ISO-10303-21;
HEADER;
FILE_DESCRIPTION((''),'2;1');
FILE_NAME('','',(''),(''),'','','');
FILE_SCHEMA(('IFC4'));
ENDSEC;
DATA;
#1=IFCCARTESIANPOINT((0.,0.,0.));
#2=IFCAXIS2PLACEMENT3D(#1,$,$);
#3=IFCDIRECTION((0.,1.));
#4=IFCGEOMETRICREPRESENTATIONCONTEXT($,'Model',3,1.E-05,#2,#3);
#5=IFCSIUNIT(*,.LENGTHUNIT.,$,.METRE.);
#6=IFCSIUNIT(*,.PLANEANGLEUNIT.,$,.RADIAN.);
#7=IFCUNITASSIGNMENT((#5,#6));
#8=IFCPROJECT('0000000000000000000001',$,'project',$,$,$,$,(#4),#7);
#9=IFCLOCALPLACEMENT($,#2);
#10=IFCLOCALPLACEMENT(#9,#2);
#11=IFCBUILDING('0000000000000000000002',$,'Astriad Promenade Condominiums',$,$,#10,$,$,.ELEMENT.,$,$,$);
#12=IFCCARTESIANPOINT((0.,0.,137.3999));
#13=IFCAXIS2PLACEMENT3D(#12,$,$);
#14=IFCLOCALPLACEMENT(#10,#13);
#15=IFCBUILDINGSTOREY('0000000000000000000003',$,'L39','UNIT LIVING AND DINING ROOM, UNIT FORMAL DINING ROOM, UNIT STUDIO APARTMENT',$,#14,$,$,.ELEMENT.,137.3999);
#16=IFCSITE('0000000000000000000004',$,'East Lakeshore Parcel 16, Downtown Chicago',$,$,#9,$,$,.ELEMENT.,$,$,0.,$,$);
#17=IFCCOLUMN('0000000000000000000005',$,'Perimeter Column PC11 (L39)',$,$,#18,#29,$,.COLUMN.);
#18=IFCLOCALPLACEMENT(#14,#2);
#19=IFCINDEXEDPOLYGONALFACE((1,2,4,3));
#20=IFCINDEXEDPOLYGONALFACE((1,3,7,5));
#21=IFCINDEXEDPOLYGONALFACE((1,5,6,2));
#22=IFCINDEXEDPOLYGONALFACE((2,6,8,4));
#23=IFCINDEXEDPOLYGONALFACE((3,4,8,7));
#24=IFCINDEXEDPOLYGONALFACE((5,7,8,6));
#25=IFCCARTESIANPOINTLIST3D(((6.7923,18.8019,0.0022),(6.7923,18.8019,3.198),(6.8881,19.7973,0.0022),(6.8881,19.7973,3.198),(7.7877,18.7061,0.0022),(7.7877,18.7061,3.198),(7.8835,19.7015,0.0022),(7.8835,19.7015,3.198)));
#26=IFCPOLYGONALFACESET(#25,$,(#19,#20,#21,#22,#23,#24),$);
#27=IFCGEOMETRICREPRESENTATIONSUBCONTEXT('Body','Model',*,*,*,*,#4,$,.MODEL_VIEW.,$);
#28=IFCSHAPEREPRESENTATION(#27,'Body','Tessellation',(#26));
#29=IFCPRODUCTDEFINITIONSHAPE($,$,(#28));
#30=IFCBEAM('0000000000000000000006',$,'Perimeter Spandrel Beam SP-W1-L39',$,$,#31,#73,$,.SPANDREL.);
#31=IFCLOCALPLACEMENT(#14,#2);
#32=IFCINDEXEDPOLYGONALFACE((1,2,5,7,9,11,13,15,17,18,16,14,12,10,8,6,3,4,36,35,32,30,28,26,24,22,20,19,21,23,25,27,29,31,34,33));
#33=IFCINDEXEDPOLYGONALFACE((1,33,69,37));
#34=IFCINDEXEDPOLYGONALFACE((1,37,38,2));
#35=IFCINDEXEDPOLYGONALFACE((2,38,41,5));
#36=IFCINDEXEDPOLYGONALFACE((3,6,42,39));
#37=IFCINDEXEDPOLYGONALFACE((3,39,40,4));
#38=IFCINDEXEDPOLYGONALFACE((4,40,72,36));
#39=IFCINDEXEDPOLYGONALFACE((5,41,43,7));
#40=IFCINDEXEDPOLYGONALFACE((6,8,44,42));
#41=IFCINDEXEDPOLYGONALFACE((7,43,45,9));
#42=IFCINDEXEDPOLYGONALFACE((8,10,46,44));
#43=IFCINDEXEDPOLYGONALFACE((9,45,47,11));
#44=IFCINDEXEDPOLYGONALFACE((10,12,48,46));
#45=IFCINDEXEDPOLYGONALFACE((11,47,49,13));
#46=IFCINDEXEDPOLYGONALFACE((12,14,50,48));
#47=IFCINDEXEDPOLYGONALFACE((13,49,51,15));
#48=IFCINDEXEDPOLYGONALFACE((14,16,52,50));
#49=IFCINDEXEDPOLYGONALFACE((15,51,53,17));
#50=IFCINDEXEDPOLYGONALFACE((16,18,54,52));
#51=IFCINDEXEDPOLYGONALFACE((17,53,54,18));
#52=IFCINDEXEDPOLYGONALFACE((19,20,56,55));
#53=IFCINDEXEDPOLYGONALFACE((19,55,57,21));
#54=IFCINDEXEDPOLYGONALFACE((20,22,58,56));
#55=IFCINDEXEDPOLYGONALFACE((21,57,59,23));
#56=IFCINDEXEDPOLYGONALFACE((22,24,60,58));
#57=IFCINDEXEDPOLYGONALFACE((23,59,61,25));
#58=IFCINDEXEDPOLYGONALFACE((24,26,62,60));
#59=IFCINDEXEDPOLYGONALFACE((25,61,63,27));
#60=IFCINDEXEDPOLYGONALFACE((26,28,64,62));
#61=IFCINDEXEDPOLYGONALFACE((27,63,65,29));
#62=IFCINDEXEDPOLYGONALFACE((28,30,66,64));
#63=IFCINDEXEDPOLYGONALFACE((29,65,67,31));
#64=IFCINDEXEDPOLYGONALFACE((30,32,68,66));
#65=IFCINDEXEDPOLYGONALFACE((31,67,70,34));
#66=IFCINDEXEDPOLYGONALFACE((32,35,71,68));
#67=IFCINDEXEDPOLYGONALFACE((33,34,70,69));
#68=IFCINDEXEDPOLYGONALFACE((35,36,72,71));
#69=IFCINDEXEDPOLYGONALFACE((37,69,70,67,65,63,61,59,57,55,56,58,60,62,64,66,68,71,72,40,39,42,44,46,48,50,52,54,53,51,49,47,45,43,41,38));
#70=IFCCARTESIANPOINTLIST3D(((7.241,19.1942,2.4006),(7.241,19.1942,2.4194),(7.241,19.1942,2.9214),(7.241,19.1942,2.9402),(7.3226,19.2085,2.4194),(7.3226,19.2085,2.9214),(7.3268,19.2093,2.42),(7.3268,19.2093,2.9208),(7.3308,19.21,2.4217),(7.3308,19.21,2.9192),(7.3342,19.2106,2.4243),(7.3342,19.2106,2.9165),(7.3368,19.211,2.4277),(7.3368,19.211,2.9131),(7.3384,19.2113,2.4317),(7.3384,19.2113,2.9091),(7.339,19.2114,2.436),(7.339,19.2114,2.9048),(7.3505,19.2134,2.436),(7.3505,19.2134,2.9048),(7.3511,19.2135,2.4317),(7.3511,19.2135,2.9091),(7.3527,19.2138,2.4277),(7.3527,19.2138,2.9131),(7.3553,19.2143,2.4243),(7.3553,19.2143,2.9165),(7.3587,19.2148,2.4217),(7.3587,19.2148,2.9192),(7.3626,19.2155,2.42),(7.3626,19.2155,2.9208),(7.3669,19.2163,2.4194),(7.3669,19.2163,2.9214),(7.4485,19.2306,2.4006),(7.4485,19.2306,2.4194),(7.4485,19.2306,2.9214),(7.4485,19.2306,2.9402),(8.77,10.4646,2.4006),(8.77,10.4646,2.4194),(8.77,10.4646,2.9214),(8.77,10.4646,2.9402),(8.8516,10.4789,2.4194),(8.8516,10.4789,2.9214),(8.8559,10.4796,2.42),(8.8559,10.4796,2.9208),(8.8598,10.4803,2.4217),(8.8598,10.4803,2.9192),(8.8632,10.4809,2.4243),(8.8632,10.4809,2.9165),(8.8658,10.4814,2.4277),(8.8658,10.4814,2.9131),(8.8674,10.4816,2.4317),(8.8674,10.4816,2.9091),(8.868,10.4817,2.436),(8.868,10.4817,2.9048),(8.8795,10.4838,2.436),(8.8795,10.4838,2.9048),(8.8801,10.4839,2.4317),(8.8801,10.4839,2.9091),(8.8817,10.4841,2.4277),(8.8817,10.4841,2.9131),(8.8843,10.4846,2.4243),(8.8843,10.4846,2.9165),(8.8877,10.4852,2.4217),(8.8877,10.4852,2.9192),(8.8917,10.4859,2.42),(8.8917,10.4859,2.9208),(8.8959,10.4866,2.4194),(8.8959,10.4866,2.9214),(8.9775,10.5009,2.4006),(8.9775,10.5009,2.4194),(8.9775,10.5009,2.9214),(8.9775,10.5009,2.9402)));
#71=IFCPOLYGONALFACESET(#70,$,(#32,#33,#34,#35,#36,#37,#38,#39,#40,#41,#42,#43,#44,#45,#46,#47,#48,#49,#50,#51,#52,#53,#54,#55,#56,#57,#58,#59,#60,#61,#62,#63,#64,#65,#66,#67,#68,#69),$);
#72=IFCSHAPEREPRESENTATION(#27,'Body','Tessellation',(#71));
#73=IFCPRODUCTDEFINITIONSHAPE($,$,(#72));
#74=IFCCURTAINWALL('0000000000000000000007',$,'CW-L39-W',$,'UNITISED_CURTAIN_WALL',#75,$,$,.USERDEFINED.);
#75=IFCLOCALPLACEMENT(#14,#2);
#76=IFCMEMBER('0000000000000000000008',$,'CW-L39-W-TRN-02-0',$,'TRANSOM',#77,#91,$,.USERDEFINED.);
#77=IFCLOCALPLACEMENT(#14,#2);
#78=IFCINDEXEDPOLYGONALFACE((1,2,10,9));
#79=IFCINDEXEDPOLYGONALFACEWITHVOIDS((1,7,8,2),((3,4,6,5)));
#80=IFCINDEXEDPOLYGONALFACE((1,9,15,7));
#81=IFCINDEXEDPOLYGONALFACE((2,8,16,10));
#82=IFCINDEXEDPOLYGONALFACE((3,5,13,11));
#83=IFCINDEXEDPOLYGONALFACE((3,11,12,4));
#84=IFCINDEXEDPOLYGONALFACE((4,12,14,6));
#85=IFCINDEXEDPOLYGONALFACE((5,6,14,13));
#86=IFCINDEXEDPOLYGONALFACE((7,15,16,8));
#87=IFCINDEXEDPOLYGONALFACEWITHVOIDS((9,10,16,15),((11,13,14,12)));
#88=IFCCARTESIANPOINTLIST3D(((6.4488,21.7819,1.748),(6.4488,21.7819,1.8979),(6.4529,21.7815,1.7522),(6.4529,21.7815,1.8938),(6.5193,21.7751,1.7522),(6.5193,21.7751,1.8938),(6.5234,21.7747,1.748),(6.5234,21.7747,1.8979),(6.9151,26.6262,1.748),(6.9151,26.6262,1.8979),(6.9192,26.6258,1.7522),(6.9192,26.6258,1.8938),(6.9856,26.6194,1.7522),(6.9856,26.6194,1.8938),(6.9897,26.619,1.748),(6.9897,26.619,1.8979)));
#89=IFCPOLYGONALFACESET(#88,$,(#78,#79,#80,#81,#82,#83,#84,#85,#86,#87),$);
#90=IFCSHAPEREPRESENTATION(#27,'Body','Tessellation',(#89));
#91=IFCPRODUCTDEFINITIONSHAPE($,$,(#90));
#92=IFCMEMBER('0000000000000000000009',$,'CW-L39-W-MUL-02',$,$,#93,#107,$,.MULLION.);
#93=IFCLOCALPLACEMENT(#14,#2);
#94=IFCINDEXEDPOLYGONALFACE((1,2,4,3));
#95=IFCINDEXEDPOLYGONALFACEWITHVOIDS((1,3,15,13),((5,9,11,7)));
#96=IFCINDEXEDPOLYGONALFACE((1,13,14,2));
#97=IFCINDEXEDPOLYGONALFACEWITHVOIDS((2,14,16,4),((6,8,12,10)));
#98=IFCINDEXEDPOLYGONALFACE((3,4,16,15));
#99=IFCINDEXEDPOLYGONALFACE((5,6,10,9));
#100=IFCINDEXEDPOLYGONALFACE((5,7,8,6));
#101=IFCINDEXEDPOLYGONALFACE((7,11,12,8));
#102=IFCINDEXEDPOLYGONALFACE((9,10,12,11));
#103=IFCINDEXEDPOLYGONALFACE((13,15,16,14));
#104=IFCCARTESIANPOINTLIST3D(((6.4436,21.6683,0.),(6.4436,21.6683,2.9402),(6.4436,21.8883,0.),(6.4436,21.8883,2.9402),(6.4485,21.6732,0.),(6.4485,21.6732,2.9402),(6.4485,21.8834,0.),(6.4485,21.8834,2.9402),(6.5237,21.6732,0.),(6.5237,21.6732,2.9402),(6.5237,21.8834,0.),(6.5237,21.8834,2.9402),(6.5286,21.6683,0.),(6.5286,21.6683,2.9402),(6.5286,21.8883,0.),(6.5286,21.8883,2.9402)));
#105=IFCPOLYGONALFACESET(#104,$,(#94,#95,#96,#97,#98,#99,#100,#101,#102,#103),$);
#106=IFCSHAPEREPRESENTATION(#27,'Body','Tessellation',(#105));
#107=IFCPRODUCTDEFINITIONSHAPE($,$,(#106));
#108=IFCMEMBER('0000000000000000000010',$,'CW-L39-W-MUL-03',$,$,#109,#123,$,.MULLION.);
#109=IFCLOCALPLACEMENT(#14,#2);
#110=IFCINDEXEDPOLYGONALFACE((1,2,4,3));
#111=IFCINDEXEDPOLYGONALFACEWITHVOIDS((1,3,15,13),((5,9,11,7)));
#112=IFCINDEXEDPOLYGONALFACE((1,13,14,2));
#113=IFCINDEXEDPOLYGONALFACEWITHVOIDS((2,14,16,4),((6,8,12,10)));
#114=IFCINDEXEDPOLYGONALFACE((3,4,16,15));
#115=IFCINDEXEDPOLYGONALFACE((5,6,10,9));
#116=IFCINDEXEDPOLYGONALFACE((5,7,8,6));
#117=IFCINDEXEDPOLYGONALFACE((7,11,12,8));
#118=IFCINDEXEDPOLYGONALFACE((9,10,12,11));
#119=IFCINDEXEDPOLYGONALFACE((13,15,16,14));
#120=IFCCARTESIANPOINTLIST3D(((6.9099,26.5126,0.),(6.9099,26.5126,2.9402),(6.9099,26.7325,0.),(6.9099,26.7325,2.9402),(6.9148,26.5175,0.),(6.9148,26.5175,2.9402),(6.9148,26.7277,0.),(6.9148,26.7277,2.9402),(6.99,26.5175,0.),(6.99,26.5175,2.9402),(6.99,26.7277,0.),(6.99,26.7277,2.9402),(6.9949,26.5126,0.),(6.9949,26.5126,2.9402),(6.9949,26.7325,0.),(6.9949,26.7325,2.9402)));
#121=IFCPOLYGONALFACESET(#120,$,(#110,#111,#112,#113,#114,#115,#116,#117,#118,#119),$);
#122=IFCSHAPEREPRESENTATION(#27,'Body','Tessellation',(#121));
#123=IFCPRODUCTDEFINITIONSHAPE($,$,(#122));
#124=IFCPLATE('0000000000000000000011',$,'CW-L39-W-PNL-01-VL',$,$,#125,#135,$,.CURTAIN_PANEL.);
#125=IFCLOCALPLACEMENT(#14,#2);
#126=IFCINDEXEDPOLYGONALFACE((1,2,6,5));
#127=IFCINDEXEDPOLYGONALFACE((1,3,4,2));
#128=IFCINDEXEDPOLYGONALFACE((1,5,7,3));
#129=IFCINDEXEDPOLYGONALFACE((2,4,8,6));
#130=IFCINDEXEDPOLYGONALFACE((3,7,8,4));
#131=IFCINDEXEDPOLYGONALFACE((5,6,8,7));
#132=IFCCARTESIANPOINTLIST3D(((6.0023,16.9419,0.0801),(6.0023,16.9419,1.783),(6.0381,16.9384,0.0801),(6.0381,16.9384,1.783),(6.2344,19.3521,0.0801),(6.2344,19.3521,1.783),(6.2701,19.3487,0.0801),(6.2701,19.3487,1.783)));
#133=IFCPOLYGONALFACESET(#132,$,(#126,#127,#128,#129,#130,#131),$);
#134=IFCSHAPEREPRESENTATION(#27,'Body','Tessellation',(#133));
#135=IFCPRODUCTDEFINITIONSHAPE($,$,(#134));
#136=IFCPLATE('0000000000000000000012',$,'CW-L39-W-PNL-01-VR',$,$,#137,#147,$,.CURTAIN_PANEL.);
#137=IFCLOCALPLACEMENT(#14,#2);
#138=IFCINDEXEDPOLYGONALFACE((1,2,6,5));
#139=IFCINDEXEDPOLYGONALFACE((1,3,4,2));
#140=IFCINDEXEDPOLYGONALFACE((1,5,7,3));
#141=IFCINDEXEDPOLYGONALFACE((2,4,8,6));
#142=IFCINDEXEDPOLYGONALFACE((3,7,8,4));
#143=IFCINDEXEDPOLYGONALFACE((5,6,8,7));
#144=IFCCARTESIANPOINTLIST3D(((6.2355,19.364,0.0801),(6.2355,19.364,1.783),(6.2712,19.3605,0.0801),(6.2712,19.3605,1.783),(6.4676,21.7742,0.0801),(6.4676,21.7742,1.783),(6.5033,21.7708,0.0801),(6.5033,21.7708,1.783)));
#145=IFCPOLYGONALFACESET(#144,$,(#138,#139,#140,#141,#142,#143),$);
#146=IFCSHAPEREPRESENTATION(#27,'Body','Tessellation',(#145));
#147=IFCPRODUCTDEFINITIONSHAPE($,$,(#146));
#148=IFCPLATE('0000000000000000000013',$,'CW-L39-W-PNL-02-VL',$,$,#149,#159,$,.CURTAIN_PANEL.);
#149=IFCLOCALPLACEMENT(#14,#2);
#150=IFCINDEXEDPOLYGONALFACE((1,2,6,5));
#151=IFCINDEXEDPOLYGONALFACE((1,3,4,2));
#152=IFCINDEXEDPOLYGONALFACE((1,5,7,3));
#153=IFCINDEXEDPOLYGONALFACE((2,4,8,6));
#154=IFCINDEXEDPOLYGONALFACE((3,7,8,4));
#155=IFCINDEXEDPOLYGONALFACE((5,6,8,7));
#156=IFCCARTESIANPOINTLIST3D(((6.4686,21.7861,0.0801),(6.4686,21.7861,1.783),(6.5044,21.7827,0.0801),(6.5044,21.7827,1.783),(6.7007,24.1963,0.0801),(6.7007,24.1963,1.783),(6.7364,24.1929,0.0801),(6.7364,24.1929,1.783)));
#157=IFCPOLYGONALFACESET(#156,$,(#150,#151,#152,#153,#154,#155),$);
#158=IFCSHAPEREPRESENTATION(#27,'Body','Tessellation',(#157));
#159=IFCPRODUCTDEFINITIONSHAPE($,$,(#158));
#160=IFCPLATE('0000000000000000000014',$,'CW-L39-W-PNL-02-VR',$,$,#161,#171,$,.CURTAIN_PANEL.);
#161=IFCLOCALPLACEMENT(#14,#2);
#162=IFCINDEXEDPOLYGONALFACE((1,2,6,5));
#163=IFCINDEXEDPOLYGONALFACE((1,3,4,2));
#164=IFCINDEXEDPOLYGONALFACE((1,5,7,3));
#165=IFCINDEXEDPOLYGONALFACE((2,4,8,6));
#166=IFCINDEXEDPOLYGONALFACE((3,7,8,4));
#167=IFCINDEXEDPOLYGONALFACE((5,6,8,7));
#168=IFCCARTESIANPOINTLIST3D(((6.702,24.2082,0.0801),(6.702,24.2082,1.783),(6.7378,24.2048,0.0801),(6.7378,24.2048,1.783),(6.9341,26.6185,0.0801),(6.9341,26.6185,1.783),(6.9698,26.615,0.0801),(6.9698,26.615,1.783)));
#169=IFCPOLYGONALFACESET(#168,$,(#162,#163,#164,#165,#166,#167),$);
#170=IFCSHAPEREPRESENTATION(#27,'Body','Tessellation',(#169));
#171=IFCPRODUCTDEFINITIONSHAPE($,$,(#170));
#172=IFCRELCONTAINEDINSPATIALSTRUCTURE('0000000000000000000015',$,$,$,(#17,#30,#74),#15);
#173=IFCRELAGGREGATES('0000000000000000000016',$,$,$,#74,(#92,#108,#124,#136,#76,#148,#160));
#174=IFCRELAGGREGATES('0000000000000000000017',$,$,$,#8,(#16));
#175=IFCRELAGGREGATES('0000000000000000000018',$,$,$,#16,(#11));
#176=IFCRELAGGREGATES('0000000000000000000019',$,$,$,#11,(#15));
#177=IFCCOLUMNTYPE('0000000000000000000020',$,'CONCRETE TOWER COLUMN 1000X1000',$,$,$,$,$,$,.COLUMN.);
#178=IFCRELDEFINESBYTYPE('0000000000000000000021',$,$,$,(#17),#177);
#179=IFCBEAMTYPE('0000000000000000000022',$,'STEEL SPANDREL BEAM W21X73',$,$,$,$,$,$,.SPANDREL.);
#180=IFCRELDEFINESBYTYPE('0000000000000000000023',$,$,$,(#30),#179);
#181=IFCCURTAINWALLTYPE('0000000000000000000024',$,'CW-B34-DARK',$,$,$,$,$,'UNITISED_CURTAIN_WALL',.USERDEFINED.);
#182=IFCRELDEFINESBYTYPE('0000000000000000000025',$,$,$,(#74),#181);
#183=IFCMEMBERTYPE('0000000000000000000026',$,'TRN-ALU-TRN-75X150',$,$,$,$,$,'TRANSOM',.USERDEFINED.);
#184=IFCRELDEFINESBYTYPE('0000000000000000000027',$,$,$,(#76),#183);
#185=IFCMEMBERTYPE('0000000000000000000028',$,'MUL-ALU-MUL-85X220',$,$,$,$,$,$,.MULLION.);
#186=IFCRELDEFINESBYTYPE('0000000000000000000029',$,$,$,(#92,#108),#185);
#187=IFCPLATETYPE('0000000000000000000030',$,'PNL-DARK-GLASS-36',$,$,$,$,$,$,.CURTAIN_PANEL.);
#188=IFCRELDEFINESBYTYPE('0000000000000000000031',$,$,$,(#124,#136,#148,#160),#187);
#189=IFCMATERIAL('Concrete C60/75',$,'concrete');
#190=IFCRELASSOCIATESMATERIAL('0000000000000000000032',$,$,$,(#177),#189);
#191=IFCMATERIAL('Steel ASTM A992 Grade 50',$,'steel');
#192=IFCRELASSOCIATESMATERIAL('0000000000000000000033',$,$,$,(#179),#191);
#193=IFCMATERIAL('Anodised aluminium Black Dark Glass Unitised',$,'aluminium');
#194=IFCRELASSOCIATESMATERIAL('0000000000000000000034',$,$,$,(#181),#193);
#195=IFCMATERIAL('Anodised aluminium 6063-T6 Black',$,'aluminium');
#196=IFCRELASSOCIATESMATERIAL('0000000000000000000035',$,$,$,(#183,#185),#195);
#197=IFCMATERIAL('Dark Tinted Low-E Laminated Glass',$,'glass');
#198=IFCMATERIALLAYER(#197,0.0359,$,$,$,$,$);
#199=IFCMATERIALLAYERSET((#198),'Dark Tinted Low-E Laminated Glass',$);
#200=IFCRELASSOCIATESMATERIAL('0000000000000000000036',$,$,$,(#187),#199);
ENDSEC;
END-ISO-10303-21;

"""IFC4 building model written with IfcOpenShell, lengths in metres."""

from ifc_helpers import new_model, si_unit, direction, frame, origin, origin_2d, place, context, subcontext, project, spatial, rectangle, hollow_rectangle, i_section, extrude, source, transform, mapped, material, layer, layer_set, material_profile, profile_set, type_object, type_shapes, element, aggregate, save


model = new_model("IFC4")

# Units and contexts
model_context = context("Model", 3, precision=1e-05, world=origin(), true_north=direction((0.0, 1.0)))
body_context = subcontext(model_context, "Body", "Model", "MODEL_VIEW")
ifc_project = project(units=[si_unit("LENGTHUNIT", "METRE"), si_unit("PLANEANGLEUNIT", "RADIAN")], contexts=[model_context])

# Site, building, storey
site_placement = place(None, origin())
site = spatial("IfcSite", under=ifc_project, at=site_placement, Name="East Lakeshore Parcel 16, Downtown Chicago", CompositionType="ELEMENT", RefElevation=0.0)
building_placement = place(site_placement, origin())
building = spatial("IfcBuilding", under=site, at=building_placement, Name="Astriad Promenade Condominiums", CompositionType="ELEMENT")
storey_placement = place(building_placement, frame((0.0, 0.0, 137.3999)))
storey = spatial("IfcBuildingStorey", under=building, at=storey_placement, Name="L39", Description="UNIT LIVING AND DINING ROOM, UNIT FORMAL DINING ROOM, UNIT STUDIO APARTMENT", CompositionType="ELEMENT", Elevation=137.3999)

# Column
ifc_material_1 = material(Name="Concrete C60/75", Category="concrete")
ifc_material_profile_1 = material_profile(ifc_material_1, rectangle(XDim=1.0, YDim=1.0, at=origin_2d()), Name="RC-COL-1000X1000")
ifc_profile_set_1 = profile_set([ifc_material_profile_1], Name="Concrete C60/75")
column_type = type_object("IfcColumnType", Name="CONCRETE TOWER COLUMN 1000X1000", PredefinedType="COLUMN", material=ifc_profile_set_1)
shared_shape_1 = source(origin(), body_context, "Body", "SweptSolid", [
    extrude(rectangle(XDim=1.0, YDim=1.0, at=origin_2d()), origin(), (0.0, 0.0, 1.0), 3.1958),
])
type_shapes(column_type, [shared_shape_1])
column_placement = place(storey_placement, frame((7.3379, 19.2517, 0.0022), z_axis=(0.0, 0.0, 1.0), x_axis=(0.995396, -0.095846, 0.0)))
element("IfcColumn", 1, at=column_placement, inside=storey, type_object=column_type, Name="Perimeter Column PC11 (L39)", PredefinedType="COLUMN", context=body_context, shape_type="MappedRepresentation", body=[
    mapped(shared_shape_1, transform((0.0, 0.0, 0.0), scale=1.0)),
])

# Beam
ifc_material_2 = material(Name="Steel ASTM A992 Grade 50", Category="steel")
ifc_material_profile_2 = material_profile(ifc_material_2, i_section(OverallWidth=0.2107, OverallDepth=0.5396, WebThickness=0.0117, FlangeThickness=0.0188, FilletRadius=0.0166, at=origin_2d()), Name="W21X73")
ifc_profile_set_2 = profile_set([ifc_material_profile_2], Name="Steel ASTM A992 Grade 50")
beam_type = type_object("IfcBeamType", Name="STEEL SPANDREL BEAM W21X73", PredefinedType="SPANDREL", material=ifc_profile_set_2)
shared_shape_2 = source(origin(), body_context, "Body", "SweptSolid", [
    extrude(i_section(OverallWidth=0.2107, OverallDepth=0.5396, WebThickness=0.0117, FlangeThickness=0.0188, FilletRadius=0.0166, at=origin_2d()), origin(), (0.0, 0.0, 1.0), 8.8625),
])
type_shapes(beam_type, [shared_shape_2])
beam_placement = place(storey_placement, frame((7.3447, 19.2124, 2.6704), z_axis=(0.172528, -0.985005, 0.0), x_axis=(0.985005, 0.172528, 0.0)))
element("IfcBeam", 2, at=beam_placement, inside=storey, type_object=beam_type, Name="Perimeter Spandrel Beam SP-W1-L39", PredefinedType="SPANDREL", context=body_context, shape_type="MappedRepresentation", body=[
    mapped(shared_shape_2, transform((0.0, 0.0, 0.0), scale=1.0)),
])

# Curtain wall, members, plates
ifc_material_3 = material(Name="Anodised aluminium Black Dark Glass Unitised", Category="aluminium")
curtain_wall_type = type_object("IfcCurtainWallType", Name="CW-B34-DARK", ElementType="UNITISED_CURTAIN_WALL", PredefinedType="USERDEFINED", material=ifc_material_3)
curtain_wall_placement = place(storey_placement, origin())
curtain_wall = element("IfcCurtainWall", 3, at=curtain_wall_placement, inside=storey, type_object=curtain_wall_type, Name="CW-L39-W", ObjectType="UNITISED_CURTAIN_WALL", PredefinedType="USERDEFINED")
ifc_material_4 = material(Name="Anodised aluminium 6063-T6 Black", Category="aluminium")
ifc_material_profile_3 = material_profile(ifc_material_4, hollow_rectangle(XDim=0.075, YDim=0.1499, WallThickness=0.0042, at=origin_2d()), Name="ALU-TRN-75X150")
ifc_profile_set_3 = profile_set([ifc_material_profile_3], Name="Anodised aluminium 6063-T6 Black")
member_type_1 = type_object("IfcMemberType", Name="TRN-ALU-TRN-75X150", ElementType="TRANSOM", PredefinedType="USERDEFINED", material=ifc_profile_set_3)
shared_shape_3 = source(origin(), body_context, "Body", "SweptSolid", [
    extrude(hollow_rectangle(XDim=0.075, YDim=0.1499, WallThickness=0.0042, at=origin_2d()), origin(), (0.0, 0.0, 1.0), 4.8667),
])
type_shapes(member_type_1, [shared_shape_3])
member_1_placement = place(storey_placement, frame((6.4861, 21.7783, 1.823), z_axis=(0.095818, 0.995399, 0.0), x_axis=(-0.995399, 0.095818, 0.0)))
member_1 = element("IfcMember", 4, at=member_1_placement, type_object=member_type_1, Name="CW-L39-W-TRN-02-0", ObjectType="TRANSOM", PredefinedType="USERDEFINED", context=body_context, shape_type="MappedRepresentation", body=[
    mapped(shared_shape_3, transform((0.0, 0.0, 0.0), scale=1.0)),
])
ifc_material_profile_4 = material_profile(ifc_material_4, hollow_rectangle(XDim=0.085, YDim=0.22, WallThickness=0.0049, at=origin_2d()), Name="ALU-MUL-85X220")
ifc_profile_set_4 = profile_set([ifc_material_profile_4], Name="Anodised aluminium 6063-T6 Black")
member_type_2 = type_object("IfcMemberType", Name="MUL-ALU-MUL-85X220", PredefinedType="MULLION", material=ifc_profile_set_4)
shared_shape_4 = source(origin(), body_context, "Body", "SweptSolid", [
    extrude(hollow_rectangle(XDim=0.085, YDim=0.22, WallThickness=0.0049, at=origin_2d()), origin(), (0.0, 0.0, 1.0), 2.9402),
])
type_shapes(member_type_2, [shared_shape_4])
member_2_placement = place(storey_placement, frame((6.4861, 21.7783, 0.0), z_axis=(0.0, 0.0, 1.0), x_axis=(1.0, 0.0, 0.0)))
member_2 = element("IfcMember", 5, at=member_2_placement, type_object=member_type_2, Name="CW-L39-W-MUL-02", PredefinedType="MULLION", context=body_context, shape_type="MappedRepresentation", body=[
    mapped(shared_shape_4, transform((0.0, 0.0, 0.0), scale=1.0)),
])
member_3_placement = place(storey_placement, frame((6.9524, 26.6226, 0.0), z_axis=(0.0, 0.0, 1.0), x_axis=(1.0, 0.0, 0.0)))
member_3 = element("IfcMember", 6, at=member_3_placement, type_object=member_type_2, Name="CW-L39-W-MUL-03", PredefinedType="MULLION", context=body_context, shape_type="MappedRepresentation", body=[
    mapped(shared_shape_4, transform((0.0, 0.0, 0.0), scale=1.0)),
])
ifc_material_5 = material(Name="Dark Tinted Low-E Laminated Glass", Category="glass")
ifc_layer_1 = layer(ifc_material_5, 0.0359)
ifc_layer_set_1 = layer_set([ifc_layer_1], Name="Dark Tinted Low-E Laminated Glass")
plate_type = type_object("IfcPlateType", Name="PNL-DARK-GLASS-36", PredefinedType="CURTAIN_PANEL", material=ifc_layer_set_1)
shared_shape_5 = source(origin(), body_context, "Body", "SweptSolid", [
    extrude(rectangle(XDim=2.4214, YDim=0.0359, at=origin_2d()), origin(), (0.0, 0.0, 1.0), 1.7029),
])
plate_1_placement = place(storey_placement, frame((6.1362, 18.1453, 0.0801), z_axis=(0.0, 0.0, 1.0), x_axis=(0.095846, 0.995396, 0.0)))
plate_1 = element("IfcPlate", 7, at=plate_1_placement, type_object=plate_type, Name="CW-L39-W-PNL-01-VL", PredefinedType="CURTAIN_PANEL", context=body_context, shape_type="MappedRepresentation", body=[
    mapped(shared_shape_5, transform((0.0, 0.0, 0.0), scale=1.0)),
])
plate_2_placement = place(storey_placement, frame((6.3694, 20.5674, 0.0801), z_axis=(0.0, 0.0, 1.0), x_axis=(0.095846, 0.995396, 0.0)))
plate_2 = element("IfcPlate", 8, at=plate_2_placement, type_object=plate_type, Name="CW-L39-W-PNL-01-VR", PredefinedType="CURTAIN_PANEL", context=body_context, shape_type="MappedRepresentation", body=[
    mapped(shared_shape_5, transform((0.0, 0.0, 0.0), scale=1.0)),
])
plate_3_placement = place(storey_placement, frame((6.6025, 22.9895, 0.0801), z_axis=(0.0, 0.0, 1.0), x_axis=(0.095846, 0.995396, 0.0)))
plate_3 = element("IfcPlate", 9, at=plate_3_placement, type_object=plate_type, Name="CW-L39-W-PNL-02-VL", PredefinedType="CURTAIN_PANEL", context=body_context, shape_type="MappedRepresentation", body=[
    mapped(shared_shape_5, transform((0.0, 0.0, 0.0), scale=1.0)),
])
plate_4_placement = place(storey_placement, frame((6.8359, 25.4116, 0.0801), z_axis=(0.0, 0.0, 1.0), x_axis=(0.095846, 0.995396, 0.0)))
plate_4 = element("IfcPlate", 10, at=plate_4_placement, type_object=plate_type, Name="CW-L39-W-PNL-02-VR", PredefinedType="CURTAIN_PANEL", context=body_context, shape_type="MappedRepresentation", body=[
    mapped(shared_shape_5, transform((0.0, 0.0, 0.0), scale=1.0)),
])
aggregate(curtain_wall, [member_2, member_3, plate_1, plate_2, member_1, plate_3, plate_4])

save(model, "model.ifc")
